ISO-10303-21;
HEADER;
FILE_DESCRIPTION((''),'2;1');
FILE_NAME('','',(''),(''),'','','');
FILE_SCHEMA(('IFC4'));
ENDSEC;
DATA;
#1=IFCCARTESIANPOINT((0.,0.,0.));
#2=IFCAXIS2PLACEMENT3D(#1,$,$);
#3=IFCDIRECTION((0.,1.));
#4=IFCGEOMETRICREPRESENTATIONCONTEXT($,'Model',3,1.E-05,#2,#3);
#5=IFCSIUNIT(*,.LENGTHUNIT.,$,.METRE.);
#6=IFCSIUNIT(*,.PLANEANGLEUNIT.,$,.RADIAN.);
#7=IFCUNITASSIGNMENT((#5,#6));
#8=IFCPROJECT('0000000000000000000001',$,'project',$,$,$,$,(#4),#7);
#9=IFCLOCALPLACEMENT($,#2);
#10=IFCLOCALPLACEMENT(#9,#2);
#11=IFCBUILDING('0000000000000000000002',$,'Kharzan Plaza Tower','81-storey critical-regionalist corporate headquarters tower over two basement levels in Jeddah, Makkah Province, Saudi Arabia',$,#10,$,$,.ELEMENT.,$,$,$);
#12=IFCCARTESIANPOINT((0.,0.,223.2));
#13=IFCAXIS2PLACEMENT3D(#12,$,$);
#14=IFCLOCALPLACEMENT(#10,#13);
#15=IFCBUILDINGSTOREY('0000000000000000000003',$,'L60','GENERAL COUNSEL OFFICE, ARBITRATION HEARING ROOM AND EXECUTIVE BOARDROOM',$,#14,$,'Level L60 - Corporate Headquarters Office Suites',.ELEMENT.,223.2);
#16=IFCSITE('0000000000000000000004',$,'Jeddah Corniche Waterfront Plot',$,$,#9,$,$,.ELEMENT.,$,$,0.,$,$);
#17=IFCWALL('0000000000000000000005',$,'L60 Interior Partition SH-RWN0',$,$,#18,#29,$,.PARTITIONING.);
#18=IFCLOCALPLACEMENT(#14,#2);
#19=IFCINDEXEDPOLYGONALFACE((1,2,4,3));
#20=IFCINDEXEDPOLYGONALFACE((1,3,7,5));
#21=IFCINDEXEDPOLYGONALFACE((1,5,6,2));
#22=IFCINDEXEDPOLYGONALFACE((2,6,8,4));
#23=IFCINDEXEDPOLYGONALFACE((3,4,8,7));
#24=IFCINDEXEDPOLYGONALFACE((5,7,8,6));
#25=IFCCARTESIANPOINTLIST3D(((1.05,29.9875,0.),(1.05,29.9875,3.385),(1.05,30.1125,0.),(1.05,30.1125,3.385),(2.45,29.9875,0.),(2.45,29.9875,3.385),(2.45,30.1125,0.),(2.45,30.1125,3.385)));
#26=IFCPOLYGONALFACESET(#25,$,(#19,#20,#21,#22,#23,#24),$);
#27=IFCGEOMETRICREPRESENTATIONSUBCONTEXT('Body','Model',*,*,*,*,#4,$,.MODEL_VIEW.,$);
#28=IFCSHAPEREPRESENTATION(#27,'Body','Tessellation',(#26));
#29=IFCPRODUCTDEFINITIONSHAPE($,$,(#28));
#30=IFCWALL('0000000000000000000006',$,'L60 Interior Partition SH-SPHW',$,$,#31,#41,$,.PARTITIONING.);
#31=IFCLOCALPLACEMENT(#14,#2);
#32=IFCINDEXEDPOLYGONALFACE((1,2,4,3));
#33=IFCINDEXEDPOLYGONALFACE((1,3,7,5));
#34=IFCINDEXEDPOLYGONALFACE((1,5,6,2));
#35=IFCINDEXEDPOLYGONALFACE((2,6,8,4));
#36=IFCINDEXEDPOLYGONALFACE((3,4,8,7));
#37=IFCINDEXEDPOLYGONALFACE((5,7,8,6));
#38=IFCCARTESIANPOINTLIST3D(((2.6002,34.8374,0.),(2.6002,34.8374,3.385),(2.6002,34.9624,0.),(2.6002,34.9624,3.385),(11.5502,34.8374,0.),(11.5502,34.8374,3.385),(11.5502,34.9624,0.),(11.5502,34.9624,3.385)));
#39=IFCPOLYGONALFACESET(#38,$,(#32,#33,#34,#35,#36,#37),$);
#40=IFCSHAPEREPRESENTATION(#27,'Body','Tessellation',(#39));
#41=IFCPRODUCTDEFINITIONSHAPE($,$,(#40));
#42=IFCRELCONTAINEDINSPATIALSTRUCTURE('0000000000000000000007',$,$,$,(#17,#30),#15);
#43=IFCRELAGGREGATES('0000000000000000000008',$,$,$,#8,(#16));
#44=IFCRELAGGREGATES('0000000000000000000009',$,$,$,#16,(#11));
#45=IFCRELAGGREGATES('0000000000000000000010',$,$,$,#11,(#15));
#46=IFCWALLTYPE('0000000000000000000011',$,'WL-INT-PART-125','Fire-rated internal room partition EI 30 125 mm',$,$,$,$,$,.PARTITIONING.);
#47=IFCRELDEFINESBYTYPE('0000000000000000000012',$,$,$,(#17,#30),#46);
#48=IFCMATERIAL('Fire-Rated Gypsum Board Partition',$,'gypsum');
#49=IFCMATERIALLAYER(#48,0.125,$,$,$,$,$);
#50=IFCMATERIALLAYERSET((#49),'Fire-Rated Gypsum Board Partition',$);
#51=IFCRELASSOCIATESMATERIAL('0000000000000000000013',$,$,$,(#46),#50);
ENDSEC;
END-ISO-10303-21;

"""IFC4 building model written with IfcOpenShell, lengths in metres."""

from ifc_helpers import new_model, si_unit, direction, frame, frame_2d, origin, place, context, subcontext, project, spatial, rectangle, extrude, source, transform, mapped, material, layer, layer_set, type_object, element, save


model = new_model("IFC4")

# Units and contexts
model_context = context("Model", 3, precision=1e-05, world=origin(), true_north=direction((0.0, 1.0)))
body_context = subcontext(model_context, "Body", "Model", "MODEL_VIEW")
ifc_project = project(units=[si_unit("LENGTHUNIT", "METRE"), si_unit("PLANEANGLEUNIT", "RADIAN")], contexts=[model_context])

# Site, building, storey
site_placement = place(None, origin())
site = spatial("IfcSite", under=ifc_project, at=site_placement, Name="Jeddah Corniche Waterfront Plot", CompositionType="ELEMENT", RefElevation=0.0)
building_placement = place(site_placement, origin())
building = spatial("IfcBuilding", under=site, at=building_placement, Name="Kharzan Plaza Tower", Description="81-storey critical-regionalist corporate headquarters tower over two basement levels in Jeddah, Makkah Province, Saudi Arabia", CompositionType="ELEMENT")
storey_placement = place(building_placement, frame((0.0, 0.0, 223.2)))
storey = spatial("IfcBuildingStorey", under=building, at=storey_placement, Name="L60", Description="GENERAL COUNSEL OFFICE, ARBITRATION HEARING ROOM AND EXECUTIVE BOARDROOM", LongName="Level L60 - Corporate Headquarters Office Suites", CompositionType="ELEMENT", Elevation=223.2)

# Shared definitions
ifc_material_1 = material(Name="Fire-Rated Gypsum Board Partition", Category="gypsum")
ifc_layer_1 = layer(ifc_material_1, 0.125)
ifc_layer_set_1 = layer_set([ifc_layer_1], Name="Fire-Rated Gypsum Board Partition")
wall_type_1 = type_object("IfcWallType", Name="WL-INT-PART-125", Description="Fire-rated internal room partition EI 30 125 mm", PredefinedType="PARTITIONING", material=ifc_layer_set_1)

# Walls
shared_shape_1 = source(origin(), body_context, "Body", "SweptSolid", [
    extrude(rectangle(XDim=1.3999, YDim=0.125, at=frame_2d((0.7, 0.0))), origin(), (0.0, 0.0, 1.0), 3.385),
])
wall_1_placement = place(storey_placement, frame((1.05, 30.05, 0.0), z_axis=(0.0, 0.0, 1.0), x_axis=(1.0, 0.0, 0.0)))
element("IfcWall", 1, at=wall_1_placement, inside=storey, type_object=wall_type_1, Name="L60 Interior Partition SH-RWN0", PredefinedType="PARTITIONING", context=body_context, shape_type="MappedRepresentation", body=[
    mapped(shared_shape_1, transform((0.0, 0.0, 0.0), x_axis=(1.0, 0.0, 0.0), y_axis=(0.0, 1.0, 0.0), z_axis=(0.0, 0.0, 1.0))),
])
shared_shape_2 = source(origin(), body_context, "Body", "SweptSolid", [
    extrude(rectangle(XDim=8.95, YDim=0.125, at=frame_2d((4.4751, 0.0))), origin(), (0.0, 0.0, 1.0), 3.385),
])
wall_2_placement = place(storey_placement, frame((2.6001, 34.8999, 0.0), z_axis=(0.0, 0.0, 1.0), x_axis=(1.0, 0.0, 0.0)))
element("IfcWall", 2, at=wall_2_placement, inside=storey, type_object=wall_type_1, Name="L60 Interior Partition SH-SPHW", PredefinedType="PARTITIONING", context=body_context, shape_type="MappedRepresentation", body=[
    mapped(shared_shape_2, transform((0.0, 0.0, 0.0), x_axis=(1.0, 0.0, 0.0), y_axis=(0.0, 1.0, 0.0), z_axis=(0.0, 0.0, 1.0))),
])

save(model, "model.ifc")
